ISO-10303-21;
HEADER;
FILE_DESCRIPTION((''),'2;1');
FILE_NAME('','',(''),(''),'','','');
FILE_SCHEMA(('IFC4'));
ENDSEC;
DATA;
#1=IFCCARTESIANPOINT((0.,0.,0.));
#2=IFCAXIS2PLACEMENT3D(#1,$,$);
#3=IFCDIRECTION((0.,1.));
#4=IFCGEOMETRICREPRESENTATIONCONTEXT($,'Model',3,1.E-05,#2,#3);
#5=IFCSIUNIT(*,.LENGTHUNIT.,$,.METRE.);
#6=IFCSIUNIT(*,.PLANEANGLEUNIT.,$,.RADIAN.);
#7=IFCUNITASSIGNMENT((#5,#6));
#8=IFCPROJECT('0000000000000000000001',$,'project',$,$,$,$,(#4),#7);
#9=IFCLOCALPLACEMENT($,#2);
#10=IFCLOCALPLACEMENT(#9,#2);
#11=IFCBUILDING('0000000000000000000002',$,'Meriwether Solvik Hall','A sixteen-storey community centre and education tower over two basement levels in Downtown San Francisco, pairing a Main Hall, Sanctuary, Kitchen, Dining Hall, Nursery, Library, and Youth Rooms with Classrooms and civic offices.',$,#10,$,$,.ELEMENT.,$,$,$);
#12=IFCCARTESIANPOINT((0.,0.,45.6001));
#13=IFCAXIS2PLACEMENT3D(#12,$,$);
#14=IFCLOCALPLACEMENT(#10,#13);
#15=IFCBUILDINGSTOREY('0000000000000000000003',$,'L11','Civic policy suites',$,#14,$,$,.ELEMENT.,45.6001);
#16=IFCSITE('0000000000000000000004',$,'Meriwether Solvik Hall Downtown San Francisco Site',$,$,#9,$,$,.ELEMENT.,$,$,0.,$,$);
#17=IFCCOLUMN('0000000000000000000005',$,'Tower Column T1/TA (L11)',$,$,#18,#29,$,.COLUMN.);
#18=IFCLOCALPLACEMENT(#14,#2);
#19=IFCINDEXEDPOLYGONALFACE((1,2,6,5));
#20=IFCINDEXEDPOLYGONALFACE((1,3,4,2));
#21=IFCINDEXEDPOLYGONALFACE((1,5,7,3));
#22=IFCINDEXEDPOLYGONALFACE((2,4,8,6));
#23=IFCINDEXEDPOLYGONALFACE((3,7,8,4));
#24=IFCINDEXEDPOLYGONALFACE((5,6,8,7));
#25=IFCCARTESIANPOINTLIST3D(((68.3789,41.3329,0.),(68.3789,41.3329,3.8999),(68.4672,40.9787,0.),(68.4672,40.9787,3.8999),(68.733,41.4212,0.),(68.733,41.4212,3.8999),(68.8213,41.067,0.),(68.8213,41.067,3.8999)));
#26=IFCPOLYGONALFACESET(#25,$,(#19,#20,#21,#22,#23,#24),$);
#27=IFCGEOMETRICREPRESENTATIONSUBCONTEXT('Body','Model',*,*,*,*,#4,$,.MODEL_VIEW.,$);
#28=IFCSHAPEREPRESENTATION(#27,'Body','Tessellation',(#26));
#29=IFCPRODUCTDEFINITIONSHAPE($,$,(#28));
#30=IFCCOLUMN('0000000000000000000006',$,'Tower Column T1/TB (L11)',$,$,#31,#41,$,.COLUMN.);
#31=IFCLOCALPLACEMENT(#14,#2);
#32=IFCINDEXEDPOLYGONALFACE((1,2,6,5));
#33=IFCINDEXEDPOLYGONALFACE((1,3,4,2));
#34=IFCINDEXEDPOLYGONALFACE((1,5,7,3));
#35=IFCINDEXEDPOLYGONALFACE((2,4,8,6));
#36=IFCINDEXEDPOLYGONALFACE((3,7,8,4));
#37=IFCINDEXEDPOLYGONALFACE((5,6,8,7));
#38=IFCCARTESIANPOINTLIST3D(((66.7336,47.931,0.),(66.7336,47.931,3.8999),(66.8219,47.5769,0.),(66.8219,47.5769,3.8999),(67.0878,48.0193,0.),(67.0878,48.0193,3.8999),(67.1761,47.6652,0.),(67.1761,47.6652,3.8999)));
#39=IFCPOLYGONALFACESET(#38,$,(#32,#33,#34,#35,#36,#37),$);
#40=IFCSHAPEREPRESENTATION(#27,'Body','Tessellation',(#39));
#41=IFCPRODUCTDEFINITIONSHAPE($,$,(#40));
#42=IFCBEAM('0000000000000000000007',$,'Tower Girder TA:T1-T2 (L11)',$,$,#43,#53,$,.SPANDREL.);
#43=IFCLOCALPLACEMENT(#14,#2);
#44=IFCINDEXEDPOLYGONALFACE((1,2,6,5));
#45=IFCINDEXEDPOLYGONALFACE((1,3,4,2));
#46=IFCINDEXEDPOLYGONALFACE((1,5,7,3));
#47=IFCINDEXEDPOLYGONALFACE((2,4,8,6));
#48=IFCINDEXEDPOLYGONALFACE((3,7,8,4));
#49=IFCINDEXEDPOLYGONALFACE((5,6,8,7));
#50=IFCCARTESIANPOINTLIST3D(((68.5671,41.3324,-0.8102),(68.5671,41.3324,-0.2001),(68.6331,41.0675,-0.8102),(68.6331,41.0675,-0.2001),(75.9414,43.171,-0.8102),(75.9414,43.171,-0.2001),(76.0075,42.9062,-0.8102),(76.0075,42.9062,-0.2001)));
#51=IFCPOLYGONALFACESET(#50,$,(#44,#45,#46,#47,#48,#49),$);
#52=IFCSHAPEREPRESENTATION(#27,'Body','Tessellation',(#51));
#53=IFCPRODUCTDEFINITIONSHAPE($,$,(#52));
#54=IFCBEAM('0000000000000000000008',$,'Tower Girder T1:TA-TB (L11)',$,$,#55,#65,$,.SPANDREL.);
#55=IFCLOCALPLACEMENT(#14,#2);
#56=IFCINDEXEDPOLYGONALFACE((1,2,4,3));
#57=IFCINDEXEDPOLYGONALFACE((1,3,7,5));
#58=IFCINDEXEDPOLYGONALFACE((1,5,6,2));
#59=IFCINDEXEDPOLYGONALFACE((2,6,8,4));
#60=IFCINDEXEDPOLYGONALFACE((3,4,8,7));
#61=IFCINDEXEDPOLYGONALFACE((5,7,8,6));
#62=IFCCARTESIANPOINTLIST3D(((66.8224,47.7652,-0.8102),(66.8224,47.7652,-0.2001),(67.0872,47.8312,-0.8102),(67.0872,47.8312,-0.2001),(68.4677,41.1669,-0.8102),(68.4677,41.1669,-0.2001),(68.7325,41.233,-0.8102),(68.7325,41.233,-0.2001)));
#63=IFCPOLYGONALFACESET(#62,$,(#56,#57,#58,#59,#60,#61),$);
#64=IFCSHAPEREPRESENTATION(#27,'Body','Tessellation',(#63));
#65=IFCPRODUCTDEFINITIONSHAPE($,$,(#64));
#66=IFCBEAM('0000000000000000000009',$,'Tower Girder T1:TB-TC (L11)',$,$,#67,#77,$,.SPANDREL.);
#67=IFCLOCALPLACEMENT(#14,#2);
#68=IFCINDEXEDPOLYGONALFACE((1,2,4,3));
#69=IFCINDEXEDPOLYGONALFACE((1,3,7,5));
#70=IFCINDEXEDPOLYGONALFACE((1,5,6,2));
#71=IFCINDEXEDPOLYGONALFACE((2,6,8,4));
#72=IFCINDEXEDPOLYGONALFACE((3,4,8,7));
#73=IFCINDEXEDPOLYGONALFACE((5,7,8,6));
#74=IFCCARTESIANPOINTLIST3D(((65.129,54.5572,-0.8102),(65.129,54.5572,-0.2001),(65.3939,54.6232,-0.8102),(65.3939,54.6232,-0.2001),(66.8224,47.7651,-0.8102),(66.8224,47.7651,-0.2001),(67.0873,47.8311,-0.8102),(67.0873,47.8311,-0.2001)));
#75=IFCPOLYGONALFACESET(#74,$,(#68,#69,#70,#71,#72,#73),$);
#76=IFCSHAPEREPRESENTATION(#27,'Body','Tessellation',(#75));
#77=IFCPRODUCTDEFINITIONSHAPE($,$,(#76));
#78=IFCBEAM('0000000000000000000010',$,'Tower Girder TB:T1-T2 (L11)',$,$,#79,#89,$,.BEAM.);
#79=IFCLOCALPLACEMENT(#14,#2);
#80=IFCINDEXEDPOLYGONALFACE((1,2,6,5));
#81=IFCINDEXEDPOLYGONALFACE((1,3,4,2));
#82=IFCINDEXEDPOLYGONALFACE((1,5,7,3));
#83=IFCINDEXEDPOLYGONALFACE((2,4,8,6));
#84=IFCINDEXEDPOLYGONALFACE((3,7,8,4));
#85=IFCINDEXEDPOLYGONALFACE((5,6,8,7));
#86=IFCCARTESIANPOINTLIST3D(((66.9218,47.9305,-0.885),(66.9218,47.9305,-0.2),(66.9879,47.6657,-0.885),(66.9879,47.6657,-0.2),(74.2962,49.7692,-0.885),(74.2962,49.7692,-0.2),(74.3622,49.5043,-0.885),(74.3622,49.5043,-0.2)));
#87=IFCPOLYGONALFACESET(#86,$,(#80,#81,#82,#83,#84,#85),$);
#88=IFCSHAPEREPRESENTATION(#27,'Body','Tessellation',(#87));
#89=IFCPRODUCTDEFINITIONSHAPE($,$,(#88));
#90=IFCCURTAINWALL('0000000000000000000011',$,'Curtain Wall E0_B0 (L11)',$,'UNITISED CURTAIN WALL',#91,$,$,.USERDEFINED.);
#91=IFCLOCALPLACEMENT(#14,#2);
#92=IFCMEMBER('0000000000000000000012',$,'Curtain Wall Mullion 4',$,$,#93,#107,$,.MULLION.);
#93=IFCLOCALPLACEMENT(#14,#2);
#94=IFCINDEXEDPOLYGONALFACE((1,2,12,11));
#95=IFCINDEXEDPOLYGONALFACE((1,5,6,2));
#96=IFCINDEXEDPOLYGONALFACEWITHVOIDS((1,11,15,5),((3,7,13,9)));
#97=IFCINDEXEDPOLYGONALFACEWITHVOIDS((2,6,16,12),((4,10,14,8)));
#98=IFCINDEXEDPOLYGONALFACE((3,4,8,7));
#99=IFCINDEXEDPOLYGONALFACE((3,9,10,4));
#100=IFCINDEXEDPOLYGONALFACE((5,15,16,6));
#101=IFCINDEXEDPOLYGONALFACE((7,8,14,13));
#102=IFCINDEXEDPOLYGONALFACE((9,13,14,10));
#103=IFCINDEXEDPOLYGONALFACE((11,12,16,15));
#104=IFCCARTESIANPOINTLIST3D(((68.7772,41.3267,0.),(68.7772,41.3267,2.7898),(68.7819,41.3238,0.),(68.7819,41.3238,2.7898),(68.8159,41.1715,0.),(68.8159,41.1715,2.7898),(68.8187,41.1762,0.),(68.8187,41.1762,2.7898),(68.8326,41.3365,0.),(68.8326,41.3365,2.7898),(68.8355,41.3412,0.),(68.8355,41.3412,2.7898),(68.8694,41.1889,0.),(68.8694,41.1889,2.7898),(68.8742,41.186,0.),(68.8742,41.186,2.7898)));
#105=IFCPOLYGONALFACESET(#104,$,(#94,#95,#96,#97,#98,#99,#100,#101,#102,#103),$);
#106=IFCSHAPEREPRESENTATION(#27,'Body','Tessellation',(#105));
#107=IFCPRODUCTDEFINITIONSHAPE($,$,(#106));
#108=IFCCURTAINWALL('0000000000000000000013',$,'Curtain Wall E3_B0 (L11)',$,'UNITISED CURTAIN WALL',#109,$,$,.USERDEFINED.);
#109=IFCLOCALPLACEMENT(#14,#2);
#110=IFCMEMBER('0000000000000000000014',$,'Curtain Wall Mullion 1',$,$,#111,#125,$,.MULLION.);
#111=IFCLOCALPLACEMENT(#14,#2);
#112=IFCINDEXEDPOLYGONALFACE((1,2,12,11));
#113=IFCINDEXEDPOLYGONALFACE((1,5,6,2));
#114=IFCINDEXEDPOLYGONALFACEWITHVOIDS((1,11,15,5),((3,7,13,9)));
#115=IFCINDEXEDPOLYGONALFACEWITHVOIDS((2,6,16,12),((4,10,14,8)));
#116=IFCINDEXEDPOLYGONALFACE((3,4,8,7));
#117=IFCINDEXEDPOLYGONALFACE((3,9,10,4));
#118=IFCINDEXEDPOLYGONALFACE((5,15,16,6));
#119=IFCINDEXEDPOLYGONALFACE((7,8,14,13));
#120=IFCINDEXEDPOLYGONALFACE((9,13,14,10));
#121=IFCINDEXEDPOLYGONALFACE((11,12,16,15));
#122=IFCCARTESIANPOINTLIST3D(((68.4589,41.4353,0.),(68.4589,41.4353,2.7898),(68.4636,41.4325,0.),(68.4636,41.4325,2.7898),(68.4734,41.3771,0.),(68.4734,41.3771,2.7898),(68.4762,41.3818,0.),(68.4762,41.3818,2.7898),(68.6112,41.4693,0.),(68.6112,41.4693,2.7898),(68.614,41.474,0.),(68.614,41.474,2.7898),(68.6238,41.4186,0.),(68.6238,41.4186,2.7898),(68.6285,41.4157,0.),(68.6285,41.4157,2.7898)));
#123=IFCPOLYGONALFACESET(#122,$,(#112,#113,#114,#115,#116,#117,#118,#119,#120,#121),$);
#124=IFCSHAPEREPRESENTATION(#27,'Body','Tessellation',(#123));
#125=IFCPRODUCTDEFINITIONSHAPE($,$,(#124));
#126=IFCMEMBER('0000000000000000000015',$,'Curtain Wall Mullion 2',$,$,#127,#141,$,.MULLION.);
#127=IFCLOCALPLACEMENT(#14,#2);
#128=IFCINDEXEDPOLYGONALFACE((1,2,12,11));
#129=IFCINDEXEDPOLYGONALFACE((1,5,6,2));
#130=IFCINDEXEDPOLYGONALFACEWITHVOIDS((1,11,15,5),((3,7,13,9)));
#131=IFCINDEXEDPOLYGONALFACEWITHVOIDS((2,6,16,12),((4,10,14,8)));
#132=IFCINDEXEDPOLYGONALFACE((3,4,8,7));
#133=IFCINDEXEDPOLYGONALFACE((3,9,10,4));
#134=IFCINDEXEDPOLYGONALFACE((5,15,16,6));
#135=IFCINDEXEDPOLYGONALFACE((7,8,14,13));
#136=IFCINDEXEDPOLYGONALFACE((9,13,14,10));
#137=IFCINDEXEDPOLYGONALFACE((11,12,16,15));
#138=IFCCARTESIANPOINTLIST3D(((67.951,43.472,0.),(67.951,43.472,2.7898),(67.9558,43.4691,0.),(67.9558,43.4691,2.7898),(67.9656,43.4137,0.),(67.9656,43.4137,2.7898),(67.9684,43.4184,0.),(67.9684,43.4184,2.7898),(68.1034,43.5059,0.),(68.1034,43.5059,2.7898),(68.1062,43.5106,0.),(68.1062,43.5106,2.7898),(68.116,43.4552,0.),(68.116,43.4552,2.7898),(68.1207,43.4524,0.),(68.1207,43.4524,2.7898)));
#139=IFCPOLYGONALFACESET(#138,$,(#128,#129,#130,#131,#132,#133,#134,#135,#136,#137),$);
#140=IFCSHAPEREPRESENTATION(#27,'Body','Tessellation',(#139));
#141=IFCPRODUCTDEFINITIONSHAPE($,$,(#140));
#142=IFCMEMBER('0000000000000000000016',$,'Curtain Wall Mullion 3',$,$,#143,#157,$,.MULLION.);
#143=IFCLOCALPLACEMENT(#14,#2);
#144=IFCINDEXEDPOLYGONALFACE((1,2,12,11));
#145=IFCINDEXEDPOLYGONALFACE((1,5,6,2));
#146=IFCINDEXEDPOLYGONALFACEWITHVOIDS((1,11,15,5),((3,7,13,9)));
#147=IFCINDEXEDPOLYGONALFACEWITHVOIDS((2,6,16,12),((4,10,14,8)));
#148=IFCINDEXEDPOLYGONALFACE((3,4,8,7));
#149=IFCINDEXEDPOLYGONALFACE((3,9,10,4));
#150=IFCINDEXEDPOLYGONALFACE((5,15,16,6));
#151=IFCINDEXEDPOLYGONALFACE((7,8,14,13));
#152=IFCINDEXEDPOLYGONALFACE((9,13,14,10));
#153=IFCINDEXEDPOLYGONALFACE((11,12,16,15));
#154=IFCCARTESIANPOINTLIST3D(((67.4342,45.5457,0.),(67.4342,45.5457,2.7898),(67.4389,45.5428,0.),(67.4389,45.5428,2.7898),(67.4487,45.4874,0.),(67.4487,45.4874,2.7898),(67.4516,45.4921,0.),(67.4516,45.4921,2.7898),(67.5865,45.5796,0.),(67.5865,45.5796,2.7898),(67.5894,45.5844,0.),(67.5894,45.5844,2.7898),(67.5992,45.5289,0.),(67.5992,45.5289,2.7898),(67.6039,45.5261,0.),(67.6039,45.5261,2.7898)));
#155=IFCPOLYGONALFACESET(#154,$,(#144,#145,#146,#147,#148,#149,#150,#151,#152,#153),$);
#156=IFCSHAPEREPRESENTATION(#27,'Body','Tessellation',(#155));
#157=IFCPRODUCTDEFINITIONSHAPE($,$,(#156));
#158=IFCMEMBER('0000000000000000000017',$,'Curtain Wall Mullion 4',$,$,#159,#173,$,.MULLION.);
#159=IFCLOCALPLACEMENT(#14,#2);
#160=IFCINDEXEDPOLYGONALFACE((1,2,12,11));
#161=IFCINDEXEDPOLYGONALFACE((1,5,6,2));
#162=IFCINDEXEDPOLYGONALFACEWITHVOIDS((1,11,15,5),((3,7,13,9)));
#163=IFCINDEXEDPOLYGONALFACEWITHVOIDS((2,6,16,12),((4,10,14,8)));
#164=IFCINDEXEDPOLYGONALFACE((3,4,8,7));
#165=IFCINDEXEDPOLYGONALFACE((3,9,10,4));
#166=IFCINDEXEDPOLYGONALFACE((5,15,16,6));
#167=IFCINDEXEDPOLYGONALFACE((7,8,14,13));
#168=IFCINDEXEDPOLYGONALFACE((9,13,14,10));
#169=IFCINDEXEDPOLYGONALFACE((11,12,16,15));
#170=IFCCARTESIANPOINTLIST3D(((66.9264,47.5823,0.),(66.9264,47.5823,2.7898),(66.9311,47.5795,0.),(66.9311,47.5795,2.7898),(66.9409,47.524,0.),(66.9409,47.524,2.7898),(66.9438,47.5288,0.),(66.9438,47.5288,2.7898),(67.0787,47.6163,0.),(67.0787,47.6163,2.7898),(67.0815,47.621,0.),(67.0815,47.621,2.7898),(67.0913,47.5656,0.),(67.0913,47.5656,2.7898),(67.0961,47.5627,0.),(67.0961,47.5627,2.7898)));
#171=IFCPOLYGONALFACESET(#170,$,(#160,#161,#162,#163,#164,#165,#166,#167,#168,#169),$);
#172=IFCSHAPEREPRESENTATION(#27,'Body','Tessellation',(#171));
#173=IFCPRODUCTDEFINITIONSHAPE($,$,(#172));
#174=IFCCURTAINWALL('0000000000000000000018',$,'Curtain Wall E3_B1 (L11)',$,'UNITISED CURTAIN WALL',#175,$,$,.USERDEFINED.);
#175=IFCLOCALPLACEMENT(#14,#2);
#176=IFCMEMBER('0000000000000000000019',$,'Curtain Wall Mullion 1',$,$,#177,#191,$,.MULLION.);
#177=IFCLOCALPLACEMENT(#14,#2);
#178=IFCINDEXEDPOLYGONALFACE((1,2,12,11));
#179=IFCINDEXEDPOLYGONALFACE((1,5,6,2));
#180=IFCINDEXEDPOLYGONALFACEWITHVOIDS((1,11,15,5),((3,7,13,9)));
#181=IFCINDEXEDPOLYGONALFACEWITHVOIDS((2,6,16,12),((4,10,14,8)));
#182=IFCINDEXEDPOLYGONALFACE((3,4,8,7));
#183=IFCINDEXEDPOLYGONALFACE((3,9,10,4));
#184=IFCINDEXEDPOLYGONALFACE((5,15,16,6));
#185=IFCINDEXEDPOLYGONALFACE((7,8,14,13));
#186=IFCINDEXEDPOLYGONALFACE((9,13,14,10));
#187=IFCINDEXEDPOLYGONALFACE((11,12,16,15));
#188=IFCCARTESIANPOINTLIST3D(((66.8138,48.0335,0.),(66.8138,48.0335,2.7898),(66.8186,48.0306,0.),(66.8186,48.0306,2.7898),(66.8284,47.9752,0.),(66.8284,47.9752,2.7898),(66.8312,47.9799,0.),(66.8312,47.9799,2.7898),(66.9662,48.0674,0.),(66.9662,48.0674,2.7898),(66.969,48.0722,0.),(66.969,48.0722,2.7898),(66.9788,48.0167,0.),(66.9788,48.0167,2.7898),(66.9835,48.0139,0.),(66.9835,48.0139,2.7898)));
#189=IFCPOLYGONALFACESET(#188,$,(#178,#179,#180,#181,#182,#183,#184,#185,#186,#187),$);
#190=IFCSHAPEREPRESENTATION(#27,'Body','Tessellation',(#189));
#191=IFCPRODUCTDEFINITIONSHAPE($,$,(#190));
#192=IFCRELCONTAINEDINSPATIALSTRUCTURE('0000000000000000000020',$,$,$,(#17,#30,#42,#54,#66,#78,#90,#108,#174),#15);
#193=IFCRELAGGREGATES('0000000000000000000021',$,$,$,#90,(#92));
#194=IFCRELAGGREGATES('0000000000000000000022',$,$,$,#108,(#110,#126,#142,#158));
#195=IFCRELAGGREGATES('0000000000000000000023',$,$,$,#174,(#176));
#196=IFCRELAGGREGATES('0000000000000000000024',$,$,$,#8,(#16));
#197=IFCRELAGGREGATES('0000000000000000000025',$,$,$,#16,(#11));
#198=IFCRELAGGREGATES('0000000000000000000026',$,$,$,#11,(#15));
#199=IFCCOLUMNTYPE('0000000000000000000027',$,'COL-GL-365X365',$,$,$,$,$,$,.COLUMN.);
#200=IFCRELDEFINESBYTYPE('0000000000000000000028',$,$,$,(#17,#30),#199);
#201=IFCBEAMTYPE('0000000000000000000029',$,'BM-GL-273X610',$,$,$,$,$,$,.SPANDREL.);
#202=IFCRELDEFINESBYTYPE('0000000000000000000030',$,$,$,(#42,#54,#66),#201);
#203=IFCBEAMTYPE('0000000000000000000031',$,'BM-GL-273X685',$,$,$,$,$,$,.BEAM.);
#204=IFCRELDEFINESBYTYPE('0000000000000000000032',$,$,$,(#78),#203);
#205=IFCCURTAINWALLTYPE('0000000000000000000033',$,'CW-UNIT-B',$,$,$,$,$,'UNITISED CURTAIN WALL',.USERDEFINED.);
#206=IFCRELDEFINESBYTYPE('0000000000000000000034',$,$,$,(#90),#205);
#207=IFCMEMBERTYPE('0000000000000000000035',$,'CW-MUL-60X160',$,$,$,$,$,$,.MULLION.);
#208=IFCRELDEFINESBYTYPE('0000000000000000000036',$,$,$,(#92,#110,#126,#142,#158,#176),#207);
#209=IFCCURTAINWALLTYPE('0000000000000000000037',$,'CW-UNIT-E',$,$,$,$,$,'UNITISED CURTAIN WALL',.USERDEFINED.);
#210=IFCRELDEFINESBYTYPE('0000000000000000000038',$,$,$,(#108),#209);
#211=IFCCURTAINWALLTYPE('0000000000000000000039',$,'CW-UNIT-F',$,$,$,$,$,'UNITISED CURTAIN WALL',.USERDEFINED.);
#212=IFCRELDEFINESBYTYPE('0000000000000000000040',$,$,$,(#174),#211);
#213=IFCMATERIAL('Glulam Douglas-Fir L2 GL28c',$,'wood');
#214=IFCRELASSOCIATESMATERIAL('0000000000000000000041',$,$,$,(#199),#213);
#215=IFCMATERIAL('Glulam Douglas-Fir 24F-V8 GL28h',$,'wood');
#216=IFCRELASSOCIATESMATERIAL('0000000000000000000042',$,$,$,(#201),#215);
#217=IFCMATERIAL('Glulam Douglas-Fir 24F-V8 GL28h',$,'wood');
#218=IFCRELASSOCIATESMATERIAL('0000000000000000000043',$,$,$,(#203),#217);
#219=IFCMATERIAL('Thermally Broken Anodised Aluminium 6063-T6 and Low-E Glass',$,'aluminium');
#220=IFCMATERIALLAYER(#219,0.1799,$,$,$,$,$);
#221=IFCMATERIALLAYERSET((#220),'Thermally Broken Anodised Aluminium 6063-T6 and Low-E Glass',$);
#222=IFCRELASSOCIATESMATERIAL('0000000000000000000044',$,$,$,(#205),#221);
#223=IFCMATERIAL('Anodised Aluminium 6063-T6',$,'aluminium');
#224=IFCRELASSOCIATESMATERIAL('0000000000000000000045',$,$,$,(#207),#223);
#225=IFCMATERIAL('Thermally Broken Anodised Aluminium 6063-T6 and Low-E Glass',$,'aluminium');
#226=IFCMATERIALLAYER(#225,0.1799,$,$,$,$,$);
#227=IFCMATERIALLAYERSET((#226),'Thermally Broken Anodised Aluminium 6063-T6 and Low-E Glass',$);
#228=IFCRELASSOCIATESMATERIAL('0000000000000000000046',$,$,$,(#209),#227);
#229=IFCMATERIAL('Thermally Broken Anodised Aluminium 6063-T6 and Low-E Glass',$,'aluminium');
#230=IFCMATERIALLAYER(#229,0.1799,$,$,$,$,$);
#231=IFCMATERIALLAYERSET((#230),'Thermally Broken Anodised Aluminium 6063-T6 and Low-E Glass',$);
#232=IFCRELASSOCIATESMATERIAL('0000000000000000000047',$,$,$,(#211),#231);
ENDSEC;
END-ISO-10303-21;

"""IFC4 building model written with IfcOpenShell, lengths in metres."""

from ifc_helpers import new_model, si_unit, direction, frame, origin, origin_2d, place, context, subcontext, project, spatial, rectangle, hollow_rectangle, extrude, material, layer, layer_set, material_profile, profile_set, type_object, element, aggregate, save


model = new_model("IFC4")

# Units and contexts
model_context = context("Model", 3, precision=1e-05, world=origin(), true_north=direction((0.0, 1.0)))
body_context = subcontext(model_context, "Body", "Model", "MODEL_VIEW")
ifc_project = project(units=[si_unit("LENGTHUNIT", "METRE"), si_unit("PLANEANGLEUNIT", "RADIAN")], contexts=[model_context])

# Site, building, storey
site_placement = place(None, origin())
site = spatial("IfcSite", under=ifc_project, at=site_placement, Name="Meriwether Solvik Hall Downtown San Francisco Site", CompositionType="ELEMENT", RefElevation=0.0)
building_placement = place(site_placement, origin())
building = spatial("IfcBuilding", under=site, at=building_placement, Name="Meriwether Solvik Hall", Description="A sixteen-storey community centre and education tower over two basement levels in Downtown San Francisco, pairing a Main Hall, Sanctuary, Kitchen, Dining Hall, Nursery, Library, and Youth Rooms with Classrooms and civic offices.", CompositionType="ELEMENT")
storey_placement = place(building_placement, frame((0.0, 0.0, 45.6001)))
storey = spatial("IfcBuildingStorey", under=building, at=storey_placement, Name="L11", Description="Civic policy suites", CompositionType="ELEMENT", Elevation=45.6001)

# Columns
ifc_material_1 = material(Name="Glulam Douglas-Fir L2 GL28c", Category="wood")
ifc_material_profile_1 = material_profile(ifc_material_1, rectangle(XDim=0.365, YDim=0.365, at=origin_2d()), Name="GLC-365X365")
ifc_profile_set_1 = profile_set([ifc_material_profile_1], Name="Glulam Douglas-Fir L2 GL28c")
column_type = type_object("IfcColumnType", Name="COL-GL-365X365", PredefinedType="COLUMN", material=ifc_profile_set_1)
for number, where, z_axis, x_axis, name in (
    (1, (68.6001, 41.2, 0.0), (0.0, 0.0, 1.0), (0.970296, 0.241922, 0.0), "Tower Column T1/TA (L11)"),
    (2, (66.9548, 47.7981, 0.0), (0.0, 0.0, 1.0), (0.970296, 0.241922, 0.0), "Tower Column T1/TB (L11)"),
):
    element("IfcColumn", number, at=place(storey_placement, frame(where, z_axis=z_axis, x_axis=x_axis)), inside=storey, type_object=column_type, Name=name, PredefinedType="COLUMN", context=body_context, shape_type="SweptSolid", body=[
        extrude(rectangle(XDim=0.365, YDim=0.365, at=origin_2d()), origin(), (0.0, 0.0, 1.0), 3.8999),
    ])

# Beams
ifc_material_2 = material(Name="Glulam Douglas-Fir 24F-V8 GL28h", Category="wood")
ifc_material_profile_2 = material_profile(ifc_material_2, rectangle(XDim=0.2729, YDim=0.6101, at=origin_2d()), Name="GLB-273X610")
ifc_profile_set_2 = profile_set([ifc_material_profile_2], Name="Glulam Douglas-Fir 24F-V8 GL28h")
beam_type_1 = type_object("IfcBeamType", Name="BM-GL-273X610", PredefinedType="SPANDREL", material=ifc_profile_set_2)
beam_1_placement = place(storey_placement, frame((68.6001, 41.2, -0.5051), z_axis=(0.970295, 0.241923, 0.0), x_axis=(-0.241923, 0.970295, 0.0)))
element("IfcBeam", 3, at=beam_1_placement, inside=storey, type_object=beam_type_1, Name="Tower Girder TA:T1-T2 (L11)", PredefinedType="SPANDREL", context=body_context, shape_type="SweptSolid", body=[
    extrude(rectangle(XDim=0.2729, YDim=0.6101, at=origin_2d()), origin(), (0.0, 0.0, 1.0), 7.6001),
])
beam_2_placement = place(storey_placement, frame((68.6001, 41.2, -0.5051), z_axis=(-0.241944, 0.97029, 0.0), x_axis=(-0.97029, -0.241944, 0.0)))
element("IfcBeam", 4, at=beam_2_placement, inside=storey, type_object=beam_type_1, Name="Tower Girder T1:TA-TB (L11)", PredefinedType="SPANDREL", context=body_context, shape_type="SweptSolid", body=[
    extrude(rectangle(XDim=0.2729, YDim=0.6101, at=origin_2d()), origin(), (0.0, 0.0, 1.0), 6.8003),
])
beam_3_placement = place(storey_placement, frame((66.9548, 47.7981, -0.5051), z_axis=(-0.241912, 0.970298, 0.0), x_axis=(-0.970298, -0.241912, 0.0)))
element("IfcBeam", 5, at=beam_3_placement, inside=storey, type_object=beam_type_1, Name="Tower Girder T1:TB-TC (L11)", PredefinedType="SPANDREL", context=body_context, shape_type="SweptSolid", body=[
    extrude(rectangle(XDim=0.2729, YDim=0.6101, at=origin_2d()), origin(), (0.0, 0.0, 1.0), 7.0),
])
ifc_material_3 = material(Name="Glulam Douglas-Fir 24F-V8 GL28h", Category="wood")
ifc_material_profile_3 = material_profile(ifc_material_3, rectangle(XDim=0.2729, YDim=0.6851, at=origin_2d()), Name="GLB-273X685")
ifc_profile_set_3 = profile_set([ifc_material_profile_3], Name="Glulam Douglas-Fir 24F-V8 GL28h")
beam_type_2 = type_object("IfcBeamType", Name="BM-GL-273X685", PredefinedType="BEAM", material=ifc_profile_set_3)
beam_4_placement = place(storey_placement, frame((66.9548, 47.7981, -0.5425), z_axis=(0.970295, 0.241923, 0.0), x_axis=(-0.241923, 0.970295, 0.0)))
element("IfcBeam", 6, at=beam_4_placement, inside=storey, type_object=beam_type_2, Name="Tower Girder TB:T1-T2 (L11)", PredefinedType="BEAM", context=body_context, shape_type="SweptSolid", body=[
    extrude(rectangle(XDim=0.2729, YDim=0.6851, at=origin_2d()), origin(), (0.0, 0.0, 1.0), 7.6001),
])

# Curtain wall, member
ifc_material_4 = material(Name="Thermally Broken Anodised Aluminium 6063-T6 and Low-E Glass", Category="aluminium")
ifc_layer_1 = layer(ifc_material_4, 0.1799)
ifc_layer_set_1 = layer_set([ifc_layer_1], Name="Thermally Broken Anodised Aluminium 6063-T6 and Low-E Glass")
curtain_wall_type_1 = type_object("IfcCurtainWallType", Name="CW-UNIT-B", ElementType="UNITISED CURTAIN WALL", PredefinedType="USERDEFINED", material=ifc_layer_set_1)
curtain_wall_1_placement = place(storey_placement, origin())
curtain_wall_1 = element("IfcCurtainWall", 7, at=curtain_wall_1_placement, inside=storey, type_object=curtain_wall_type_1, Name="Curtain Wall E0_B0 (L11)", ObjectType="UNITISED CURTAIN WALL", PredefinedType="USERDEFINED")
ifc_material_5 = material(Name="Anodised Aluminium 6063-T6", Category="aluminium")
ifc_material_profile_4 = material_profile(ifc_material_5, hollow_rectangle(XDim=0.0601, YDim=0.1599, WallThickness=0.0039, at=origin_2d()), Name="CWM-60X160")
ifc_profile_set_4 = profile_set([ifc_material_profile_4], Name="Anodised Aluminium 6063-T6")
member_type_1 = type_object("IfcMemberType", Name="CW-MUL-60X160", PredefinedType="MULLION", material=ifc_profile_set_4)
member_1_placement = place(storey_placement, frame((68.8257, 41.2563, 0.0), z_axis=(0.0, 0.0, 1.0), x_axis=(-0.970296, -0.241922, 0.0)))
member_1 = element("IfcMember", 8, at=member_1_placement, type_object=member_type_1, Name="Curtain Wall Mullion 4", PredefinedType="MULLION", context=body_context, shape_type="SweptSolid", body=[
    extrude(hollow_rectangle(XDim=0.0601, YDim=0.1599, WallThickness=0.0039, at=origin_2d()), origin(), (0.0, 0.0, 1.0), 2.7898),
])
aggregate(curtain_wall_1, [member_1])

# Curtain wall, members
ifc_material_6 = material(Name="Thermally Broken Anodised Aluminium 6063-T6 and Low-E Glass", Category="aluminium")
ifc_layer_2 = layer(ifc_material_6, 0.1799)
ifc_layer_set_2 = layer_set([ifc_layer_2], Name="Thermally Broken Anodised Aluminium 6063-T6 and Low-E Glass")
curtain_wall_type_2 = type_object("IfcCurtainWallType", Name="CW-UNIT-E", ElementType="UNITISED CURTAIN WALL", PredefinedType="USERDEFINED", material=ifc_layer_set_2)
curtain_wall_2_placement = place(storey_placement, origin())
curtain_wall_2 = element("IfcCurtainWall", 9, at=curtain_wall_2_placement, inside=storey, type_object=curtain_wall_type_2, Name="Curtain Wall E3_B0 (L11)", ObjectType="UNITISED CURTAIN WALL", PredefinedType="USERDEFINED")
member_2_placement = place(storey_placement, frame((68.5437, 41.4255, 0.0), z_axis=(0.0, 0.0, 1.0), x_axis=(-0.241922, 0.970296, 0.0)))
member_2 = element("IfcMember", 10, at=member_2_placement, type_object=member_type_1, Name="Curtain Wall Mullion 1", PredefinedType="MULLION", context=body_context, shape_type="SweptSolid", body=[
    extrude(hollow_rectangle(XDim=0.0601, YDim=0.1599, WallThickness=0.0039, at=origin_2d()), origin(), (0.0, 0.0, 1.0), 2.7898),
])
member_3_placement = place(storey_placement, frame((68.0359, 43.4622, 0.0), z_axis=(0.0, 0.0, 1.0), x_axis=(-0.241922, 0.970296, 0.0)))
member_3 = element("IfcMember", 11, at=member_3_placement, type_object=member_type_1, Name="Curtain Wall Mullion 2", PredefinedType="MULLION", context=body_context, shape_type="SweptSolid", body=[
    extrude(hollow_rectangle(XDim=0.0601, YDim=0.1599, WallThickness=0.0039, at=origin_2d()), origin(), (0.0, 0.0, 1.0), 2.7898),
])
member_4_placement = place(storey_placement, frame((67.519, 45.5359, 0.0), z_axis=(0.0, 0.0, 1.0), x_axis=(-0.241922, 0.970296, 0.0)))
member_4 = element("IfcMember", 12, at=member_4_placement, type_object=member_type_1, Name="Curtain Wall Mullion 3", PredefinedType="MULLION", context=body_context, shape_type="SweptSolid", body=[
    extrude(hollow_rectangle(XDim=0.0601, YDim=0.1599, WallThickness=0.0039, at=origin_2d()), origin(), (0.0, 0.0, 1.0), 2.7898),
])
member_5_placement = place(storey_placement, frame((67.0112, 47.5725, 0.0), z_axis=(0.0, 0.0, 1.0), x_axis=(-0.241922, 0.970296, 0.0)))
member_5 = element("IfcMember", 13, at=member_5_placement, type_object=member_type_1, Name="Curtain Wall Mullion 4", PredefinedType="MULLION", context=body_context, shape_type="SweptSolid", body=[
    extrude(hollow_rectangle(XDim=0.0601, YDim=0.1599, WallThickness=0.0039, at=origin_2d()), origin(), (0.0, 0.0, 1.0), 2.7898),
])

# Curtain wall, member
ifc_material_7 = material(Name="Thermally Broken Anodised Aluminium 6063-T6 and Low-E Glass", Category="aluminium")
ifc_layer_3 = layer(ifc_material_7, 0.1799)
ifc_layer_set_3 = layer_set([ifc_layer_3], Name="Thermally Broken Anodised Aluminium 6063-T6 and Low-E Glass")
curtain_wall_type_3 = type_object("IfcCurtainWallType", Name="CW-UNIT-F", ElementType="UNITISED CURTAIN WALL", PredefinedType="USERDEFINED", material=ifc_layer_set_3)
curtain_wall_3_placement = place(storey_placement, origin())
curtain_wall_3 = element("IfcCurtainWall", 14, at=curtain_wall_3_placement, inside=storey, type_object=curtain_wall_type_3, Name="Curtain Wall E3_B1 (L11)", ObjectType="UNITISED CURTAIN WALL", PredefinedType="USERDEFINED")
member_6_placement = place(storey_placement, frame((66.8987, 48.0237, 0.0), z_axis=(0.0, 0.0, 1.0), x_axis=(-0.241922, 0.970296, 0.0)))
member_6 = element("IfcMember", 15, at=member_6_placement, type_object=member_type_1, Name="Curtain Wall Mullion 1", PredefinedType="MULLION", context=body_context, shape_type="SweptSolid", body=[
    extrude(hollow_rectangle(XDim=0.0601, YDim=0.1599, WallThickness=0.0039, at=origin_2d()), origin(), (0.0, 0.0, 1.0), 2.7898),
])

aggregate(curtain_wall_2, [member_2, member_3, member_4, member_5])
aggregate(curtain_wall_3, [member_6])

save(model, "model.ifc")
